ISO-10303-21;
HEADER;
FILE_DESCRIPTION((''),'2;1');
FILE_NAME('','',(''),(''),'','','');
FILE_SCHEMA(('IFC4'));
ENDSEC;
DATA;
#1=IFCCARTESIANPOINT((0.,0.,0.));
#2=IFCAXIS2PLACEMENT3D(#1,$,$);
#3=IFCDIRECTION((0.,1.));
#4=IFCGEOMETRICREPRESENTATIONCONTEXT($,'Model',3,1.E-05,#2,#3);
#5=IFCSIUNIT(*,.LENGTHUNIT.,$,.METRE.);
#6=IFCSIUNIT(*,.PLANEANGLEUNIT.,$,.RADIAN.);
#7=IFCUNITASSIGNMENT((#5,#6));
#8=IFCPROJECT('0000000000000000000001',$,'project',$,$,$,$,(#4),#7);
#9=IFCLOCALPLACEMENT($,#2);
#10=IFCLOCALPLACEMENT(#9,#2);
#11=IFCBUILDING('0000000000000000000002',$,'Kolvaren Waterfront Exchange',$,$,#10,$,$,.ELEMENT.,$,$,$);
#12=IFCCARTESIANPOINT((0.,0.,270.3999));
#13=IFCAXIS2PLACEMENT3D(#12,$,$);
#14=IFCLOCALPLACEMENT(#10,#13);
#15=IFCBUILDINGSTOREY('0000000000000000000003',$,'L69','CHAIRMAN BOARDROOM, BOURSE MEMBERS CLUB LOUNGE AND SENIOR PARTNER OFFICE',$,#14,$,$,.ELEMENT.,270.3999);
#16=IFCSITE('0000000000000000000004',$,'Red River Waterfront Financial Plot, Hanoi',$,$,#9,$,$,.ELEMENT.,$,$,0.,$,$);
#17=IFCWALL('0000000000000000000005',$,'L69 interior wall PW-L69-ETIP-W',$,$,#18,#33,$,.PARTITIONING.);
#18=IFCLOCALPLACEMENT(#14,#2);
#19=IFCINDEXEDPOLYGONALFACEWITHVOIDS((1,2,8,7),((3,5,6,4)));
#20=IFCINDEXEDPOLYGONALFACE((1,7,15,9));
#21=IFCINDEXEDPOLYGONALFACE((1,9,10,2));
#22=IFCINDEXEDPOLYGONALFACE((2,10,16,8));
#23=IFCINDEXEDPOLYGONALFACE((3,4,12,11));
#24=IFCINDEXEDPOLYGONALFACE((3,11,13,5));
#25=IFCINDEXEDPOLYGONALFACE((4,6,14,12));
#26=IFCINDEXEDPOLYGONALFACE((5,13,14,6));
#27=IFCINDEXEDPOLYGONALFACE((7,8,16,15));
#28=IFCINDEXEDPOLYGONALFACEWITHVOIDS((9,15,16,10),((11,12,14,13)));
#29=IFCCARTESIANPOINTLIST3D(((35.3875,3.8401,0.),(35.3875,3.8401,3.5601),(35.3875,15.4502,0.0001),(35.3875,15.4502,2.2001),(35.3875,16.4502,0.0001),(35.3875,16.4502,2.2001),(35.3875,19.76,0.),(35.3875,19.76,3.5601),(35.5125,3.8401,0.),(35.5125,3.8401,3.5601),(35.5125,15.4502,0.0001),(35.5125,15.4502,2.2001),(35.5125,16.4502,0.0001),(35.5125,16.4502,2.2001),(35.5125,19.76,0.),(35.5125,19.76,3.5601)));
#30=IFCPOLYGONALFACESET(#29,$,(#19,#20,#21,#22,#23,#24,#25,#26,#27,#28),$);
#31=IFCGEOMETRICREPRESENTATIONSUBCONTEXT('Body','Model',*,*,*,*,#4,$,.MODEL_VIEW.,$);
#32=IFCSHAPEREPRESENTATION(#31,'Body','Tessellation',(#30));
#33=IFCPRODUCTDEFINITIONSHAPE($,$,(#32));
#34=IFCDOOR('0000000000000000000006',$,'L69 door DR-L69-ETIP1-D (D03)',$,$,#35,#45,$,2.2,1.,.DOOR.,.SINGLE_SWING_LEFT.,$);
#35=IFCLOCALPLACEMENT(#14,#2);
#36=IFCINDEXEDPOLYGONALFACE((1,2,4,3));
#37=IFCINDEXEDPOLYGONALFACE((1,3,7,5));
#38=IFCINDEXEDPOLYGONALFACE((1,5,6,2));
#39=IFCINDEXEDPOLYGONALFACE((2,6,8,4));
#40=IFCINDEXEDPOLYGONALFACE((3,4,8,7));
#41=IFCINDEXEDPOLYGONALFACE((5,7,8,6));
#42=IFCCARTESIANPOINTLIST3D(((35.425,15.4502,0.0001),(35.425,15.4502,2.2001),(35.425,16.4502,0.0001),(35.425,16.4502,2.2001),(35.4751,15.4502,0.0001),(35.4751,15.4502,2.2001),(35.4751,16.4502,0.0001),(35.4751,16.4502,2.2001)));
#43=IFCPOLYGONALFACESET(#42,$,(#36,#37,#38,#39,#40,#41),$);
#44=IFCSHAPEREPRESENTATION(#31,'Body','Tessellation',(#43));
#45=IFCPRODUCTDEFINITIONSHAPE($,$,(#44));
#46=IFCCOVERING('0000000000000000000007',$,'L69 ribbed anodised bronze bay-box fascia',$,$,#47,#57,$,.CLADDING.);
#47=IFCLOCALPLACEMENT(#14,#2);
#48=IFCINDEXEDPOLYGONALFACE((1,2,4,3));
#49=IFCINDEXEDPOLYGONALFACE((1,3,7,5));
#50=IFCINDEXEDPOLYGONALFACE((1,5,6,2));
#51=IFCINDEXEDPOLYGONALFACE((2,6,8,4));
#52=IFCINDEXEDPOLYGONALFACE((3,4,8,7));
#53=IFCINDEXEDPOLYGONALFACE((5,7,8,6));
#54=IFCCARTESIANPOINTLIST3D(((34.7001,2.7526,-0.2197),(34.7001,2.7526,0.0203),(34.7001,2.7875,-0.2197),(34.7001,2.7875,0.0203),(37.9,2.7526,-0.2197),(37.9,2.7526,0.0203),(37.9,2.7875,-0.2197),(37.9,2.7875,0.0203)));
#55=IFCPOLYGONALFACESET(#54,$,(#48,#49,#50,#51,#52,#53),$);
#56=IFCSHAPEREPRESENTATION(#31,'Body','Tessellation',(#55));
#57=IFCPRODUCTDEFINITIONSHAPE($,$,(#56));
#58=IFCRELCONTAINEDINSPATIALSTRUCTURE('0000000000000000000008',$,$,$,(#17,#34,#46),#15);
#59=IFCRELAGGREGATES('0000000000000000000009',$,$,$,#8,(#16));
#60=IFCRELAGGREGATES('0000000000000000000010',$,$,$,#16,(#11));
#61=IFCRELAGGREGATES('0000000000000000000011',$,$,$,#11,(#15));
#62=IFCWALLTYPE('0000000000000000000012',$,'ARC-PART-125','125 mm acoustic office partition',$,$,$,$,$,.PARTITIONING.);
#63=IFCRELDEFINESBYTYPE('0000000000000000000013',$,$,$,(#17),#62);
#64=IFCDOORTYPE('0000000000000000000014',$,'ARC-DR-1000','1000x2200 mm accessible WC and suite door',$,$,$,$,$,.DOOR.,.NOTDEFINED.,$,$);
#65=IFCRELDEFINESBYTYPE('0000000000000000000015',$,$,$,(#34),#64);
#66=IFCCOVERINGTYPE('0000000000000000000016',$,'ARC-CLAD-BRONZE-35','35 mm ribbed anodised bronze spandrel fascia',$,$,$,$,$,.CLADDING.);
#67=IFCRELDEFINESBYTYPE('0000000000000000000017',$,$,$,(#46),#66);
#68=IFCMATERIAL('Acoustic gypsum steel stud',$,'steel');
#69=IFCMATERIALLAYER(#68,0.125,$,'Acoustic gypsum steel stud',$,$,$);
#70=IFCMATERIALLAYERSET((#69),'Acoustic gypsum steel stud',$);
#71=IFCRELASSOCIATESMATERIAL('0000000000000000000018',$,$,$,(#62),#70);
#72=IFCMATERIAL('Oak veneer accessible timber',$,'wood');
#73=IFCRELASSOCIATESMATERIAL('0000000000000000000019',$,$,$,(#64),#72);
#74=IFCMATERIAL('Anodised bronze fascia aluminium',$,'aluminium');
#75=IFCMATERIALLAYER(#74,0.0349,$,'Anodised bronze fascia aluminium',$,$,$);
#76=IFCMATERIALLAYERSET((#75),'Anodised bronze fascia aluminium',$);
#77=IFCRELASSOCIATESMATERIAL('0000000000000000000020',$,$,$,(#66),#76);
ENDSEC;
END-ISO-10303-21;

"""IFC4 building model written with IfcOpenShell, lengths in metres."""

from ifc_helpers import new_model, si_unit, direction, frame, frame_2d, origin, origin_2d, place, context, subcontext, project, spatial, rectangle, extrude, material, layer, layer_set, type_object, element, fill, save


model = new_model("IFC4")

# Units and contexts
model_context = context("Model", 3, precision=1e-05, world=origin(), true_north=direction((0.0, 1.0)))
body_context = subcontext(model_context, "Body", "Model", "MODEL_VIEW")
ifc_project = project(units=[si_unit("LENGTHUNIT", "METRE"), si_unit("PLANEANGLEUNIT", "RADIAN")], contexts=[model_context])

# Site, building, storey
site_placement = place(None, origin())
site = spatial("IfcSite", under=ifc_project, at=site_placement, Name="Red River Waterfront Financial Plot, Hanoi", CompositionType="ELEMENT", RefElevation=0.0)
building_placement = place(site_placement, origin())
building = spatial("IfcBuilding", under=site, at=building_placement, Name="Kolvaren Waterfront Exchange", CompositionType="ELEMENT")
storey_placement = place(building_placement, frame((0.0, 0.0, 270.3999)))
storey = spatial("IfcBuildingStorey", under=building, at=storey_placement, Name="L69", Description="CHAIRMAN BOARDROOM, BOURSE MEMBERS CLUB LOUNGE AND SENIOR PARTNER OFFICE", CompositionType="ELEMENT", Elevation=270.3999)

# Wall, opening, door
ifc_material_1 = material(Name="Acoustic gypsum steel stud", Category="steel")
ifc_layer_1 = layer(ifc_material_1, 0.125, Name="Acoustic gypsum steel stud")
ifc_layer_set_1 = layer_set([ifc_layer_1], Name="Acoustic gypsum steel stud")
wall_type_1 = type_object("IfcWallType", Name="ARC-PART-125", Description="125 mm acoustic office partition", PredefinedType="PARTITIONING", material=ifc_layer_set_1)
wall_1_placement = place(storey_placement, frame((35.45, 3.8401, 0.0), z_axis=(0.0, 0.0, 1.0), x_axis=(0.0, 1.0, 0.0)))
wall_1 = element("IfcWall", 1, at=wall_1_placement, inside=storey, type_object=wall_type_1, Name="L69 interior wall PW-L69-ETIP-W", PredefinedType="PARTITIONING", context=body_context, shape_type="SweptSolid", body=[
    extrude(rectangle(XDim=15.9199, YDim=0.125, at=frame_2d((7.96, 0.0))), origin(), (0.0, 0.0, 1.0), 3.5601),
])
opening_placement = place(wall_1_placement, frame((11.6101, 0.0, 0.0)))
opening = element("IfcOpeningElement", 2, at=opening_placement, cuts=wall_1, PredefinedType="OPENING", context=body_context, shape_type="SweptSolid", body=[
    extrude(rectangle(XDim=1.0, YDim=2.2, at=frame_2d((0.5, 1.1001))), frame((0.0, 0.0725, 0.0), z_axis=(0.0, -1.0, 0.0), x_axis=(1.0, 0.0, 0.0)), (0.0, 0.0, 1.0), 0.145),
])
ifc_material_2 = material(Name="Oak veneer accessible timber", Category="wood")
door_type = type_object("IfcDoorType", Name="ARC-DR-1000", Description="1000x2200 mm accessible WC and suite door", OperationType="NOTDEFINED", PredefinedType="DOOR", material=ifc_material_2)
door_placement = place(opening_placement, origin())
door = element("IfcDoor", 3, at=door_placement, inside=storey, type_object=door_type, Name="L69 door DR-L69-ETIP1-D (D03)", OperationType="SINGLE_SWING_LEFT", OverallHeight=2.2, OverallWidth=1.0, PredefinedType="DOOR", context=body_context, shape_type="SweptSolid", body=[
    extrude(rectangle(XDim=1.0, YDim=2.2, at=frame_2d((0.5, 1.1001))), frame((0.0, 0.0249, 0.0), z_axis=(0.0, -1.0, 0.0), x_axis=(1.0, 0.0, 0.0)), (0.0, 0.0, 1.0), 0.05),
])
fill(opening, door)

# Covering
ifc_material_3 = material(Name="Anodised bronze fascia aluminium", Category="aluminium")
ifc_layer_2 = layer(ifc_material_3, 0.0349, Name="Anodised bronze fascia aluminium")
ifc_layer_set_2 = layer_set([ifc_layer_2], Name="Anodised bronze fascia aluminium")
covering_type = type_object("IfcCoveringType", Name="ARC-CLAD-BRONZE-35", Description="35 mm ribbed anodised bronze spandrel fascia", PredefinedType="CLADDING", material=ifc_layer_set_2)
covering_placement = place(storey_placement, frame((36.3, 2.77, -0.2197), z_axis=(0.0, 0.0, 1.0), x_axis=(1.0, 0.0, 0.0)))
element("IfcCovering", 4, at=covering_placement, inside=storey, type_object=covering_type, Name="L69 ribbed anodised bronze bay-box fascia", PredefinedType="CLADDING", context=body_context, shape_type="SweptSolid", body=[
    extrude(rectangle(XDim=3.2, YDim=0.0349, at=origin_2d()), origin(), (0.0, 0.0, 1.0), 0.24),
])

save(model, "model.ifc")
